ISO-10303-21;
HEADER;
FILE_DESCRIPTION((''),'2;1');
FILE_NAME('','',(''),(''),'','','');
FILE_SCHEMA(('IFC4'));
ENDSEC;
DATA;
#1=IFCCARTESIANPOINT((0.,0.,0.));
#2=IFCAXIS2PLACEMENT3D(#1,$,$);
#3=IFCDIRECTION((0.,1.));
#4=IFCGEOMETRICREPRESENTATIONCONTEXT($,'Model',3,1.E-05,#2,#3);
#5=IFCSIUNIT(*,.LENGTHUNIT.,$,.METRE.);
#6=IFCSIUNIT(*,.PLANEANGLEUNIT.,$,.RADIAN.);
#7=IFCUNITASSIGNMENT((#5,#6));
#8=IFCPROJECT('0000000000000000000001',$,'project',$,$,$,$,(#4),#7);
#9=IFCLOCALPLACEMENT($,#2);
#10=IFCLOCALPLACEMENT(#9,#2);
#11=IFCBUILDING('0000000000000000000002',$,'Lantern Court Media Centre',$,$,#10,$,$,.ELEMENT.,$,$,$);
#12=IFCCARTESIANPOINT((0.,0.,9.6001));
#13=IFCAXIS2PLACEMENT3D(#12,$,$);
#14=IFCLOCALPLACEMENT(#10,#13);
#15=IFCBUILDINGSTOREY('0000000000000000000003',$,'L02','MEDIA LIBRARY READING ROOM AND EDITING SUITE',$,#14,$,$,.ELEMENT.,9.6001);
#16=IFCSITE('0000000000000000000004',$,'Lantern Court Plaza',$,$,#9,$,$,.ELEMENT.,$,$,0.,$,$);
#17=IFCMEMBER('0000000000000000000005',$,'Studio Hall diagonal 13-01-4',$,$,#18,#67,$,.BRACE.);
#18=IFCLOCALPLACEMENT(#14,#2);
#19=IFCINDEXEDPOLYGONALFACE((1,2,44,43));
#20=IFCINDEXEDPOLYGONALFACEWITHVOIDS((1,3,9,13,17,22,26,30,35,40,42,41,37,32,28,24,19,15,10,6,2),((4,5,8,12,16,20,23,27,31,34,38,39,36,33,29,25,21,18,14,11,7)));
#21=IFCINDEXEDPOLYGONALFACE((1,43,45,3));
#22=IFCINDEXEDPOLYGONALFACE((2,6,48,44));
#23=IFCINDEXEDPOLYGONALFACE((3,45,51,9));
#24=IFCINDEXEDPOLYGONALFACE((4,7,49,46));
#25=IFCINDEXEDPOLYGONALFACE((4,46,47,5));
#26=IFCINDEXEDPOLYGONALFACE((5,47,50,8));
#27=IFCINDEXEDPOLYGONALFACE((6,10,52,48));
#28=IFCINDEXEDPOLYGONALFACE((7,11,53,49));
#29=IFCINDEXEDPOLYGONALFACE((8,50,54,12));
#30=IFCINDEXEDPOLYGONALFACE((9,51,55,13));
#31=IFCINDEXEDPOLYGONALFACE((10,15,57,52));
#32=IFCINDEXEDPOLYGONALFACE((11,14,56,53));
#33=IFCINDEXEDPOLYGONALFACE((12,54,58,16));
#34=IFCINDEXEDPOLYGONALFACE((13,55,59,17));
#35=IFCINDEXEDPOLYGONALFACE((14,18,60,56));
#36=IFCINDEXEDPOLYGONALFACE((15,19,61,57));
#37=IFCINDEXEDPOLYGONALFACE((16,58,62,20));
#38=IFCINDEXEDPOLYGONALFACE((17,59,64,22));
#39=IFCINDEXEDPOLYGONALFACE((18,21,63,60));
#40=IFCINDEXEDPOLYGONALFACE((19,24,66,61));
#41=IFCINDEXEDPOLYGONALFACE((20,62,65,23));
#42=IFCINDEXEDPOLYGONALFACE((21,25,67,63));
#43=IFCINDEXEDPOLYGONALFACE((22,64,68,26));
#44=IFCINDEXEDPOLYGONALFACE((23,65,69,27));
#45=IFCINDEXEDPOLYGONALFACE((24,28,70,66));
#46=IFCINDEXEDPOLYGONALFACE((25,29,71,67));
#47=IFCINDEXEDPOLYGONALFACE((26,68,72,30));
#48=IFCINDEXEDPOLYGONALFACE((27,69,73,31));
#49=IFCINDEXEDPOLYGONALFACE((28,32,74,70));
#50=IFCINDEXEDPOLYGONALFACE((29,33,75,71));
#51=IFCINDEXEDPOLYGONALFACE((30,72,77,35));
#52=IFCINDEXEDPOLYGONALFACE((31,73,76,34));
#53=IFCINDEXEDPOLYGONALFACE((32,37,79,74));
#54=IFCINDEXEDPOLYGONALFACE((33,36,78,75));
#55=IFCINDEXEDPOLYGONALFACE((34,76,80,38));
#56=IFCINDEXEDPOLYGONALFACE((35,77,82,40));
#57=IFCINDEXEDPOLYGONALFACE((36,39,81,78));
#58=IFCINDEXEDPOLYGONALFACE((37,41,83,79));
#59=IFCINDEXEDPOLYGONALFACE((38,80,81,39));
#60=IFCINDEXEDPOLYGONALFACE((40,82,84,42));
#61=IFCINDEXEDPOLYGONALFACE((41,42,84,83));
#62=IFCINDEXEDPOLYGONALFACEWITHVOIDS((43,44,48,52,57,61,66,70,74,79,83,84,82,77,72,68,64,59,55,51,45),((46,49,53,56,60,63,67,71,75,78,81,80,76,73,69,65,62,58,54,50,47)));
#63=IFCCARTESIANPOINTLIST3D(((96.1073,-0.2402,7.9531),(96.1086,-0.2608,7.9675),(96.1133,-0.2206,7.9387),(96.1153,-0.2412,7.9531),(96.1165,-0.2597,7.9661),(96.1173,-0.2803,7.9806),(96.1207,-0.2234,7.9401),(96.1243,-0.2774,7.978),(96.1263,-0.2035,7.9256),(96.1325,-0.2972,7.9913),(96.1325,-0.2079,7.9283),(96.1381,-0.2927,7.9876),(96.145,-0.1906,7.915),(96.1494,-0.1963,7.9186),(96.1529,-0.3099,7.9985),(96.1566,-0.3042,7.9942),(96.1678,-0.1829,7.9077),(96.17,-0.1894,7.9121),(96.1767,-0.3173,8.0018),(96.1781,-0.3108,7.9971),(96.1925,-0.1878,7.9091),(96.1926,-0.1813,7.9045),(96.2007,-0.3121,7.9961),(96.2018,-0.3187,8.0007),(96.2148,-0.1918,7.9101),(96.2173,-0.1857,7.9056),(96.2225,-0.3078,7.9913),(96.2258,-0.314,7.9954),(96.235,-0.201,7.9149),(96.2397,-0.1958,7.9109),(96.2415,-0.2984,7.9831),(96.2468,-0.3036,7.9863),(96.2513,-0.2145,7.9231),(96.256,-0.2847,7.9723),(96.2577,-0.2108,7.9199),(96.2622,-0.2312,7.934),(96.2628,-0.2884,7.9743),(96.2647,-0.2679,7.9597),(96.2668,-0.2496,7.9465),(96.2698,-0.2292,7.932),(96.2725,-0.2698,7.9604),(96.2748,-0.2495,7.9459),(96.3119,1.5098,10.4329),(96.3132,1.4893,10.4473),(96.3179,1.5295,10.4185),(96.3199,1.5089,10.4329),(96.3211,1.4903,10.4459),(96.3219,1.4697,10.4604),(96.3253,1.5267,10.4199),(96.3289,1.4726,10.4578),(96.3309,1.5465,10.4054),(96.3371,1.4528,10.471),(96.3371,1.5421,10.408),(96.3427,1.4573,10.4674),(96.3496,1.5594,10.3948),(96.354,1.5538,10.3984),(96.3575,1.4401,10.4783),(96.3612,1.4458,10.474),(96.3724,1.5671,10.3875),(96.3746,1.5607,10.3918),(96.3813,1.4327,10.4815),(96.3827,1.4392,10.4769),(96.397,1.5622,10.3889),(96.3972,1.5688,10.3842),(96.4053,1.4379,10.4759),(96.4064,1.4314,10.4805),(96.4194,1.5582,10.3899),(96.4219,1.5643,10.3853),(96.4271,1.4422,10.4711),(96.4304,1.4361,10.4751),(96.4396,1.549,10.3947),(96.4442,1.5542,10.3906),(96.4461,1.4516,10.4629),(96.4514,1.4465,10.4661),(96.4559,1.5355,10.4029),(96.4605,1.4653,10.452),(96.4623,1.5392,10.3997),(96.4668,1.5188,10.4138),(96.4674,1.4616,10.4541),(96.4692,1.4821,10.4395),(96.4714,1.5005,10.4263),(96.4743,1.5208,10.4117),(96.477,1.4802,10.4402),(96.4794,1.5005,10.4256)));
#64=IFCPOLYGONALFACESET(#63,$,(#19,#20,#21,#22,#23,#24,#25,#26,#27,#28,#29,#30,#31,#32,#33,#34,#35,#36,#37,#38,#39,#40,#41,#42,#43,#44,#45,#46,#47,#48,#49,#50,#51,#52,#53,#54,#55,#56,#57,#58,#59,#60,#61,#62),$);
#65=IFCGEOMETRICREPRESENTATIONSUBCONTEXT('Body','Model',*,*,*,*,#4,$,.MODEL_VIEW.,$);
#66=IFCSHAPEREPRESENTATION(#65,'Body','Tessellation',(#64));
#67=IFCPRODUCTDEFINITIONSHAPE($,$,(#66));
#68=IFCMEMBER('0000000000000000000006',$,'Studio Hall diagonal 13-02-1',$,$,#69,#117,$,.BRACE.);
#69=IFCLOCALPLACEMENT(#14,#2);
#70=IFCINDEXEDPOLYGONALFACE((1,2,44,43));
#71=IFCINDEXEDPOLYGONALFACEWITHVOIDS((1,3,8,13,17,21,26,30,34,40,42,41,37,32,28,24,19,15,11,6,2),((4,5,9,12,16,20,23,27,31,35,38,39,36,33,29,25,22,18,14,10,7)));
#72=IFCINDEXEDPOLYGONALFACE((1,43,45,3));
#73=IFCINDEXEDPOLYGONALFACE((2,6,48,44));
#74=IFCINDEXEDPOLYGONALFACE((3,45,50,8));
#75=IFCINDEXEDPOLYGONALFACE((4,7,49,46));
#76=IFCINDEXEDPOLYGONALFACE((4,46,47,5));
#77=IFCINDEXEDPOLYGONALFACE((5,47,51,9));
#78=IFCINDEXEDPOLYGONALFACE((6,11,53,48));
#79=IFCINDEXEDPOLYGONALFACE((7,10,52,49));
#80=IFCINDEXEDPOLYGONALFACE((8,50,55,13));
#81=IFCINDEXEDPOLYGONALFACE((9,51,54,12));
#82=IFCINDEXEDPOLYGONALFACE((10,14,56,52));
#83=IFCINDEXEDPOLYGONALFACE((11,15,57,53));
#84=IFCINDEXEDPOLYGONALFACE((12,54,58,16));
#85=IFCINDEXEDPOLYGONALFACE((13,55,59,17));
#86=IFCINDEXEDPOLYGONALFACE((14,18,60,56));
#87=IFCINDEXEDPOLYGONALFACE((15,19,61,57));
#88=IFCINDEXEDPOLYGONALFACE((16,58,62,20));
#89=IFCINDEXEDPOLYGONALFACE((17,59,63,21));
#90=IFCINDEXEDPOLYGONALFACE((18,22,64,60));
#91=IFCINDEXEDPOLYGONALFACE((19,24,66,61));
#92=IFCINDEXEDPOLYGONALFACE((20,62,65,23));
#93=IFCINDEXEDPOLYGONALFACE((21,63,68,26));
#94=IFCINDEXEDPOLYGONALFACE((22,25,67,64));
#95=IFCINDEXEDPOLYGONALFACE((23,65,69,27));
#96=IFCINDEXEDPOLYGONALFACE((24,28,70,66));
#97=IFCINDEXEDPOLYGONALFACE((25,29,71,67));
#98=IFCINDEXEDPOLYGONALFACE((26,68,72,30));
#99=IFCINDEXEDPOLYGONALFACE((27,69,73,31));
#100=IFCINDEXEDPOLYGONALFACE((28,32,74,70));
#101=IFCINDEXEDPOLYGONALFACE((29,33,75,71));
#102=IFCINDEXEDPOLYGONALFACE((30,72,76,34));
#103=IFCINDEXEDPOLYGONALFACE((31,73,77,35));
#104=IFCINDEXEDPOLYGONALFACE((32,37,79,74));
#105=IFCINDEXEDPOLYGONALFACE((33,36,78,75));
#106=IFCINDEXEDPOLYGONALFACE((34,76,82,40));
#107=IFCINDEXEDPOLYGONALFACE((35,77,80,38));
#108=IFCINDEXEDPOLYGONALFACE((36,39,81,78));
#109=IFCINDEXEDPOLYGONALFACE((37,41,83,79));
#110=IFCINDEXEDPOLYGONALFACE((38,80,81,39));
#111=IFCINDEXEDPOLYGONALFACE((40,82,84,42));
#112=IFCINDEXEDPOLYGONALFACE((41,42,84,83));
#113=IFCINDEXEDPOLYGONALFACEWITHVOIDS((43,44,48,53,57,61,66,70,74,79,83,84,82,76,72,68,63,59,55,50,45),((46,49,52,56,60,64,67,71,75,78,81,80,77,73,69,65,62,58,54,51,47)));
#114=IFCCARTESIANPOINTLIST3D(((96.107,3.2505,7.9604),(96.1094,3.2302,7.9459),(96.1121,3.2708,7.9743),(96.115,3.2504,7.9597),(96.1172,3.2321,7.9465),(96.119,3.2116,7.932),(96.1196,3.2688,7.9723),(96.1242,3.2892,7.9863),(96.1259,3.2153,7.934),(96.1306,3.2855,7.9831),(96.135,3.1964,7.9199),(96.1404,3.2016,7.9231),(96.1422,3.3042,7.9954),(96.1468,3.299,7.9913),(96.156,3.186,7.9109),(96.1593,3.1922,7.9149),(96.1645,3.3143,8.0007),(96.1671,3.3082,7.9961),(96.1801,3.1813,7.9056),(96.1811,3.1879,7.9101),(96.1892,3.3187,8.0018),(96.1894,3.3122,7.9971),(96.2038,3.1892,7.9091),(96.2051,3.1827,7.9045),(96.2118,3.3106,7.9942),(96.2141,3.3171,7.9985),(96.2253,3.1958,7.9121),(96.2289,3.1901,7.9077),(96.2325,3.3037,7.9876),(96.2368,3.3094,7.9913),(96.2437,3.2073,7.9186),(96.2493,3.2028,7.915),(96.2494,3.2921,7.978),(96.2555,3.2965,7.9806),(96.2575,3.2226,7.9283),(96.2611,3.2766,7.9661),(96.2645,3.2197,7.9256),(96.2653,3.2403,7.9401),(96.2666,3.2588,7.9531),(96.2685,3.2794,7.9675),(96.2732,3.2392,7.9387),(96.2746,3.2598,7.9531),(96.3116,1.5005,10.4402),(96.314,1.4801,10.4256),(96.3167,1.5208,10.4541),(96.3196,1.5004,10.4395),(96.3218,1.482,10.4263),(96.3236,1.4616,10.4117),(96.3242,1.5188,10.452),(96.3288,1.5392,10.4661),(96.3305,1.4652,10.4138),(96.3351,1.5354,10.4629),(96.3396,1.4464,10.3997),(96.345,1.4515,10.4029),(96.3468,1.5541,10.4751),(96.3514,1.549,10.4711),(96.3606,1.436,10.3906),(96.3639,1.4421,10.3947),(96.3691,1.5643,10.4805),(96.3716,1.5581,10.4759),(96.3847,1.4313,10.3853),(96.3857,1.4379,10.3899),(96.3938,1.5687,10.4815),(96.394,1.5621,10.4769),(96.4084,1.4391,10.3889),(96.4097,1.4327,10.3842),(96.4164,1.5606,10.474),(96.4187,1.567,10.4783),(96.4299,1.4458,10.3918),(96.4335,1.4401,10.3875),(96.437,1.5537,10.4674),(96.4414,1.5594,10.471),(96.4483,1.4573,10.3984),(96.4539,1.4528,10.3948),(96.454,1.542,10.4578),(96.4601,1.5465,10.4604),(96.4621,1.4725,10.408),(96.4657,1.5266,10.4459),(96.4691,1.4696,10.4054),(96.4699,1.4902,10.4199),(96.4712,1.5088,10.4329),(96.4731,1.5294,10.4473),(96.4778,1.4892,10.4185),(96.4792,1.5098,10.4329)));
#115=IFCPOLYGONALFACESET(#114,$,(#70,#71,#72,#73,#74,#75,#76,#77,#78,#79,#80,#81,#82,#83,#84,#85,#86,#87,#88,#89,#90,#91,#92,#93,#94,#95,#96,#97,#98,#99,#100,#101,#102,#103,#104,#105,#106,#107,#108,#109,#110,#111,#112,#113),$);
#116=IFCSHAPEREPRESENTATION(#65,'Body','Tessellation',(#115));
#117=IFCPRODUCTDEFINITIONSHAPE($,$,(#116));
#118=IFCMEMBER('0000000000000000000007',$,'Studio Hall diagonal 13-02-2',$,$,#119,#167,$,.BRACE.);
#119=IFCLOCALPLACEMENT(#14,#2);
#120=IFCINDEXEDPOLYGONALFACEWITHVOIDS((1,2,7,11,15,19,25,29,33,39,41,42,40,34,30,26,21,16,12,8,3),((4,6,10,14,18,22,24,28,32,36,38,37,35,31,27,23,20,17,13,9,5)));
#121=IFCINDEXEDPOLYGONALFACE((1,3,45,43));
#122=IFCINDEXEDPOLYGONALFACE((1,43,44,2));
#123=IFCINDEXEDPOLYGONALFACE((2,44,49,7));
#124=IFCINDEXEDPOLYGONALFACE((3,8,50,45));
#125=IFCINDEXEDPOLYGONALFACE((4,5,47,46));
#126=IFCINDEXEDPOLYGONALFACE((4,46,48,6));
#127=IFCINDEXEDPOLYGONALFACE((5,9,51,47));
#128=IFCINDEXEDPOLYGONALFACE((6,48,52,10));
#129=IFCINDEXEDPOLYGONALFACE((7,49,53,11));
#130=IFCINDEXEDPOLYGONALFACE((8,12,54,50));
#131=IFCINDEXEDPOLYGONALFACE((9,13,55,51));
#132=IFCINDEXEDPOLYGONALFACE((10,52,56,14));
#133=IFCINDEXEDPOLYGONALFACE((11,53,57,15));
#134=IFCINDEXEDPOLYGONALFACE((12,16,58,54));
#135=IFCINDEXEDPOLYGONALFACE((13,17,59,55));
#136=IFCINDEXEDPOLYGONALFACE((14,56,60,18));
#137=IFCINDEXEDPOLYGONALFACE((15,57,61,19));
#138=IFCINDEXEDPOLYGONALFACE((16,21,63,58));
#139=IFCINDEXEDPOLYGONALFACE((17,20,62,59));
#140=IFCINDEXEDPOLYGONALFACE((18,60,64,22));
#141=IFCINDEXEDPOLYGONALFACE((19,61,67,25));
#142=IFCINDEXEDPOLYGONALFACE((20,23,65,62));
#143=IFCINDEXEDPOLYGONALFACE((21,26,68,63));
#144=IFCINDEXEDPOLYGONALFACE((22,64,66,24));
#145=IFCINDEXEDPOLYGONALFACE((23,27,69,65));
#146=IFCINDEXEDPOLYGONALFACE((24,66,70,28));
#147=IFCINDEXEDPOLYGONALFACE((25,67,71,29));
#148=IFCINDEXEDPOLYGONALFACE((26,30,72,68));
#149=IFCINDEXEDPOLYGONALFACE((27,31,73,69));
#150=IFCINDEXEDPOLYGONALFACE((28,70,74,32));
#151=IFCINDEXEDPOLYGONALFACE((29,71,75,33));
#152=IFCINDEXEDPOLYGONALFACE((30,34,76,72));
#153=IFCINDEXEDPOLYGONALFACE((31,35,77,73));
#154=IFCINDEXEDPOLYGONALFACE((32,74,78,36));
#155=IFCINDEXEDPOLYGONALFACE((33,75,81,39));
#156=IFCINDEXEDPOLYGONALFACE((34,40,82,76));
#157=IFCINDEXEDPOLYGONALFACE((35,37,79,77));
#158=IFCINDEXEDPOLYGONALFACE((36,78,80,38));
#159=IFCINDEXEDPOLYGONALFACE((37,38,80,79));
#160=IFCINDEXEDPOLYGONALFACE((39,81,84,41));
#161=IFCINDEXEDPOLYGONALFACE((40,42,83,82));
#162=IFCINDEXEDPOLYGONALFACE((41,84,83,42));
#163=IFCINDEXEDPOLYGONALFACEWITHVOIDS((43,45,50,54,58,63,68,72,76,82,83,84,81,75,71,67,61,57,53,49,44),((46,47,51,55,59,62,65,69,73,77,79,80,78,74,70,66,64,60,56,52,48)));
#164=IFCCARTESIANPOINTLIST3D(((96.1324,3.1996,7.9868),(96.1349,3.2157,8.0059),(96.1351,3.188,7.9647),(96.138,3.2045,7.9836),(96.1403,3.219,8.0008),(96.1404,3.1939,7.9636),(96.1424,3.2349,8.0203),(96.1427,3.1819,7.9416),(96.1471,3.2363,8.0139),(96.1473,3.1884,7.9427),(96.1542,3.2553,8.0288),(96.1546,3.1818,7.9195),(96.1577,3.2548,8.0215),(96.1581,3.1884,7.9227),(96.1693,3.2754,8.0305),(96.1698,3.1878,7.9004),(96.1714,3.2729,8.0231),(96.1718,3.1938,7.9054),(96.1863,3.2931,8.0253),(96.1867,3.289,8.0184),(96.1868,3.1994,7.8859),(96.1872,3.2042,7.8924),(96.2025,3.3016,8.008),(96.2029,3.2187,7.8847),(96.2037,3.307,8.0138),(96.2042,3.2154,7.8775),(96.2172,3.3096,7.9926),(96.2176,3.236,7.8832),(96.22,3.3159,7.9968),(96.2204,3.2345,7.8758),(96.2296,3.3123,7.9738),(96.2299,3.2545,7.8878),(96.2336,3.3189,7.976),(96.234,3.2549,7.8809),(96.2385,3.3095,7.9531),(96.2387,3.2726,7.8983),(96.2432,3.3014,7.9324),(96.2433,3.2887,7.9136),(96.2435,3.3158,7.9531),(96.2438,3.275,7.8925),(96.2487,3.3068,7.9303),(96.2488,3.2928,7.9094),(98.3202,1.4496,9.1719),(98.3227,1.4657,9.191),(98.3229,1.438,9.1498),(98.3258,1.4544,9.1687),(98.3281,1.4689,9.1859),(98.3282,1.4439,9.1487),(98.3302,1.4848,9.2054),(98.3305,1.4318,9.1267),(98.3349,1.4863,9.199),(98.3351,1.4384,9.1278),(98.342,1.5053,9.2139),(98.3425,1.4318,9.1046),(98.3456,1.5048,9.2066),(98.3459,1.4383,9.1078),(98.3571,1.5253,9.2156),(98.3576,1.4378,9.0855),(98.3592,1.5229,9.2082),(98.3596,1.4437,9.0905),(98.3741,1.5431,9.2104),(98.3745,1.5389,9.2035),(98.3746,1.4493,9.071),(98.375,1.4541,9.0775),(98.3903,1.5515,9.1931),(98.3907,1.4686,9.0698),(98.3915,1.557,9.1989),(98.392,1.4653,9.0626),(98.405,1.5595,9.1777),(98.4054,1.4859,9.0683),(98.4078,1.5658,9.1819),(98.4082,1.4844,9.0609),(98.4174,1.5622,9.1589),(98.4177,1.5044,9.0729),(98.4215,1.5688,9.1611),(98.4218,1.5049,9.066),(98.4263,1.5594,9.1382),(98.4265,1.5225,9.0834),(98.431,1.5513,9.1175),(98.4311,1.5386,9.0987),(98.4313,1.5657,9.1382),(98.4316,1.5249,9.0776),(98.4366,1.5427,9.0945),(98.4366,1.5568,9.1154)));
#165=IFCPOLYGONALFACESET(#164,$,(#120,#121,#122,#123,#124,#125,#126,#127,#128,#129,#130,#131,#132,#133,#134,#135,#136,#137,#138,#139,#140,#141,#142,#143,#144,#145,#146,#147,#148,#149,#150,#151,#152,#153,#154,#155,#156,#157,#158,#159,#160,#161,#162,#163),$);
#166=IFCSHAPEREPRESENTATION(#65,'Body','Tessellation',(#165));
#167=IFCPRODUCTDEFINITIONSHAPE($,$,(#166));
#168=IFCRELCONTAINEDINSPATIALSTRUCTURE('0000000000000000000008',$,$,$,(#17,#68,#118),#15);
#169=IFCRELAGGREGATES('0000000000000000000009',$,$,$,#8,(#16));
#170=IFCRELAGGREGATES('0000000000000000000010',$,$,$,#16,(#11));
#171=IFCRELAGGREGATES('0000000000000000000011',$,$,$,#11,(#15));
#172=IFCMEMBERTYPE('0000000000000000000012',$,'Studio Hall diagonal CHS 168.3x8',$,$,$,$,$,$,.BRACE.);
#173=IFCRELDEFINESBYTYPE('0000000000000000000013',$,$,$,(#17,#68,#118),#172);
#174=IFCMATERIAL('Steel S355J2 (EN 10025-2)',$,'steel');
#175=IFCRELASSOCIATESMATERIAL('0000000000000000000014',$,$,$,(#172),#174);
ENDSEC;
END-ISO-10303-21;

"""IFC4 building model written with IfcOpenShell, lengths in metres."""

from ifc_helpers import new_model, si_unit, direction, frame, origin, origin_2d, place, context, subcontext, project, spatial, hollow_circle, extrude, material, material_profile, profile_set, type_object, element, save


model = new_model("IFC4")

# Units and contexts
model_context = context("Model", 3, precision=1e-05, world=origin(), true_north=direction((0.0, 1.0)))
body_context = subcontext(model_context, "Body", "Model", "MODEL_VIEW")
ifc_project = project(units=[si_unit("LENGTHUNIT", "METRE"), si_unit("PLANEANGLEUNIT", "RADIAN")], contexts=[model_context])

# Site, building, storey
site_placement = place(None, origin())
site = spatial("IfcSite", under=ifc_project, at=site_placement, Name="Lantern Court Plaza", CompositionType="ELEMENT", RefElevation=0.0)
building_placement = place(site_placement, origin())
building = spatial("IfcBuilding", under=site, at=building_placement, Name="Lantern Court Media Centre", CompositionType="ELEMENT")
storey_placement = place(building_placement, frame((0.0, 0.0, 9.6001)))
storey = spatial("IfcBuildingStorey", under=building, at=storey_placement, Name="L02", Description="MEDIA LIBRARY READING ROOM AND EDITING SUITE", CompositionType="ELEMENT", Elevation=9.6001)

# Members
ifc_material = material(Name="Steel S355J2 (EN 10025-2)", Category="steel")
ifc_material_profile_1 = material_profile(ifc_material, hollow_circle(Radius=0.0842, WallThickness=0.0081, at=origin_2d()), Name="Studio Hall diagonal CHS 168.3x8")
ifc_profile_set_1 = profile_set([ifc_material_profile_1], Name="Steel S355J2 (EN 10025-2)")
member_type_1 = type_object("IfcMemberType", Name="Studio Hall diagonal CHS 168.3x8", PredefinedType="BRACE", material=ifc_profile_set_1)
for number, where, z_axis, x_axis, name in (
    (1, (96.1909, -0.25, 7.9531), (0.067256, 0.575289, 0.81518), (-0.993235, 0.116118, 0.0), "Studio Hall diagonal 13-01-4"),
    (2, (96.1909, 3.25, 7.9531), (0.067256, -0.575289, 0.81518), (0.993235, 0.116118, 0.0), "Studio Hall diagonal 13-02-1"),
    (3, (96.1909, 3.25, 7.9531), (0.719206, -0.5753, 0.38958), (0.624653, 0.780903, 0.0), "Studio Hall diagonal 13-02-2"),
):
    element("IfcMember", number, at=place(storey_placement, frame(where, z_axis=z_axis, x_axis=x_axis)), inside=storey, type_object=member_type_1, Name=name, PredefinedType="BRACE", context=body_context, shape_type="SweptSolid", body=[
        extrude(hollow_circle(Radius=0.0842, WallThickness=0.0081, at=origin_2d()), origin(), (0.0, 0.0, 1.0), 3.042),
    ])

save(model, "model.ifc")
